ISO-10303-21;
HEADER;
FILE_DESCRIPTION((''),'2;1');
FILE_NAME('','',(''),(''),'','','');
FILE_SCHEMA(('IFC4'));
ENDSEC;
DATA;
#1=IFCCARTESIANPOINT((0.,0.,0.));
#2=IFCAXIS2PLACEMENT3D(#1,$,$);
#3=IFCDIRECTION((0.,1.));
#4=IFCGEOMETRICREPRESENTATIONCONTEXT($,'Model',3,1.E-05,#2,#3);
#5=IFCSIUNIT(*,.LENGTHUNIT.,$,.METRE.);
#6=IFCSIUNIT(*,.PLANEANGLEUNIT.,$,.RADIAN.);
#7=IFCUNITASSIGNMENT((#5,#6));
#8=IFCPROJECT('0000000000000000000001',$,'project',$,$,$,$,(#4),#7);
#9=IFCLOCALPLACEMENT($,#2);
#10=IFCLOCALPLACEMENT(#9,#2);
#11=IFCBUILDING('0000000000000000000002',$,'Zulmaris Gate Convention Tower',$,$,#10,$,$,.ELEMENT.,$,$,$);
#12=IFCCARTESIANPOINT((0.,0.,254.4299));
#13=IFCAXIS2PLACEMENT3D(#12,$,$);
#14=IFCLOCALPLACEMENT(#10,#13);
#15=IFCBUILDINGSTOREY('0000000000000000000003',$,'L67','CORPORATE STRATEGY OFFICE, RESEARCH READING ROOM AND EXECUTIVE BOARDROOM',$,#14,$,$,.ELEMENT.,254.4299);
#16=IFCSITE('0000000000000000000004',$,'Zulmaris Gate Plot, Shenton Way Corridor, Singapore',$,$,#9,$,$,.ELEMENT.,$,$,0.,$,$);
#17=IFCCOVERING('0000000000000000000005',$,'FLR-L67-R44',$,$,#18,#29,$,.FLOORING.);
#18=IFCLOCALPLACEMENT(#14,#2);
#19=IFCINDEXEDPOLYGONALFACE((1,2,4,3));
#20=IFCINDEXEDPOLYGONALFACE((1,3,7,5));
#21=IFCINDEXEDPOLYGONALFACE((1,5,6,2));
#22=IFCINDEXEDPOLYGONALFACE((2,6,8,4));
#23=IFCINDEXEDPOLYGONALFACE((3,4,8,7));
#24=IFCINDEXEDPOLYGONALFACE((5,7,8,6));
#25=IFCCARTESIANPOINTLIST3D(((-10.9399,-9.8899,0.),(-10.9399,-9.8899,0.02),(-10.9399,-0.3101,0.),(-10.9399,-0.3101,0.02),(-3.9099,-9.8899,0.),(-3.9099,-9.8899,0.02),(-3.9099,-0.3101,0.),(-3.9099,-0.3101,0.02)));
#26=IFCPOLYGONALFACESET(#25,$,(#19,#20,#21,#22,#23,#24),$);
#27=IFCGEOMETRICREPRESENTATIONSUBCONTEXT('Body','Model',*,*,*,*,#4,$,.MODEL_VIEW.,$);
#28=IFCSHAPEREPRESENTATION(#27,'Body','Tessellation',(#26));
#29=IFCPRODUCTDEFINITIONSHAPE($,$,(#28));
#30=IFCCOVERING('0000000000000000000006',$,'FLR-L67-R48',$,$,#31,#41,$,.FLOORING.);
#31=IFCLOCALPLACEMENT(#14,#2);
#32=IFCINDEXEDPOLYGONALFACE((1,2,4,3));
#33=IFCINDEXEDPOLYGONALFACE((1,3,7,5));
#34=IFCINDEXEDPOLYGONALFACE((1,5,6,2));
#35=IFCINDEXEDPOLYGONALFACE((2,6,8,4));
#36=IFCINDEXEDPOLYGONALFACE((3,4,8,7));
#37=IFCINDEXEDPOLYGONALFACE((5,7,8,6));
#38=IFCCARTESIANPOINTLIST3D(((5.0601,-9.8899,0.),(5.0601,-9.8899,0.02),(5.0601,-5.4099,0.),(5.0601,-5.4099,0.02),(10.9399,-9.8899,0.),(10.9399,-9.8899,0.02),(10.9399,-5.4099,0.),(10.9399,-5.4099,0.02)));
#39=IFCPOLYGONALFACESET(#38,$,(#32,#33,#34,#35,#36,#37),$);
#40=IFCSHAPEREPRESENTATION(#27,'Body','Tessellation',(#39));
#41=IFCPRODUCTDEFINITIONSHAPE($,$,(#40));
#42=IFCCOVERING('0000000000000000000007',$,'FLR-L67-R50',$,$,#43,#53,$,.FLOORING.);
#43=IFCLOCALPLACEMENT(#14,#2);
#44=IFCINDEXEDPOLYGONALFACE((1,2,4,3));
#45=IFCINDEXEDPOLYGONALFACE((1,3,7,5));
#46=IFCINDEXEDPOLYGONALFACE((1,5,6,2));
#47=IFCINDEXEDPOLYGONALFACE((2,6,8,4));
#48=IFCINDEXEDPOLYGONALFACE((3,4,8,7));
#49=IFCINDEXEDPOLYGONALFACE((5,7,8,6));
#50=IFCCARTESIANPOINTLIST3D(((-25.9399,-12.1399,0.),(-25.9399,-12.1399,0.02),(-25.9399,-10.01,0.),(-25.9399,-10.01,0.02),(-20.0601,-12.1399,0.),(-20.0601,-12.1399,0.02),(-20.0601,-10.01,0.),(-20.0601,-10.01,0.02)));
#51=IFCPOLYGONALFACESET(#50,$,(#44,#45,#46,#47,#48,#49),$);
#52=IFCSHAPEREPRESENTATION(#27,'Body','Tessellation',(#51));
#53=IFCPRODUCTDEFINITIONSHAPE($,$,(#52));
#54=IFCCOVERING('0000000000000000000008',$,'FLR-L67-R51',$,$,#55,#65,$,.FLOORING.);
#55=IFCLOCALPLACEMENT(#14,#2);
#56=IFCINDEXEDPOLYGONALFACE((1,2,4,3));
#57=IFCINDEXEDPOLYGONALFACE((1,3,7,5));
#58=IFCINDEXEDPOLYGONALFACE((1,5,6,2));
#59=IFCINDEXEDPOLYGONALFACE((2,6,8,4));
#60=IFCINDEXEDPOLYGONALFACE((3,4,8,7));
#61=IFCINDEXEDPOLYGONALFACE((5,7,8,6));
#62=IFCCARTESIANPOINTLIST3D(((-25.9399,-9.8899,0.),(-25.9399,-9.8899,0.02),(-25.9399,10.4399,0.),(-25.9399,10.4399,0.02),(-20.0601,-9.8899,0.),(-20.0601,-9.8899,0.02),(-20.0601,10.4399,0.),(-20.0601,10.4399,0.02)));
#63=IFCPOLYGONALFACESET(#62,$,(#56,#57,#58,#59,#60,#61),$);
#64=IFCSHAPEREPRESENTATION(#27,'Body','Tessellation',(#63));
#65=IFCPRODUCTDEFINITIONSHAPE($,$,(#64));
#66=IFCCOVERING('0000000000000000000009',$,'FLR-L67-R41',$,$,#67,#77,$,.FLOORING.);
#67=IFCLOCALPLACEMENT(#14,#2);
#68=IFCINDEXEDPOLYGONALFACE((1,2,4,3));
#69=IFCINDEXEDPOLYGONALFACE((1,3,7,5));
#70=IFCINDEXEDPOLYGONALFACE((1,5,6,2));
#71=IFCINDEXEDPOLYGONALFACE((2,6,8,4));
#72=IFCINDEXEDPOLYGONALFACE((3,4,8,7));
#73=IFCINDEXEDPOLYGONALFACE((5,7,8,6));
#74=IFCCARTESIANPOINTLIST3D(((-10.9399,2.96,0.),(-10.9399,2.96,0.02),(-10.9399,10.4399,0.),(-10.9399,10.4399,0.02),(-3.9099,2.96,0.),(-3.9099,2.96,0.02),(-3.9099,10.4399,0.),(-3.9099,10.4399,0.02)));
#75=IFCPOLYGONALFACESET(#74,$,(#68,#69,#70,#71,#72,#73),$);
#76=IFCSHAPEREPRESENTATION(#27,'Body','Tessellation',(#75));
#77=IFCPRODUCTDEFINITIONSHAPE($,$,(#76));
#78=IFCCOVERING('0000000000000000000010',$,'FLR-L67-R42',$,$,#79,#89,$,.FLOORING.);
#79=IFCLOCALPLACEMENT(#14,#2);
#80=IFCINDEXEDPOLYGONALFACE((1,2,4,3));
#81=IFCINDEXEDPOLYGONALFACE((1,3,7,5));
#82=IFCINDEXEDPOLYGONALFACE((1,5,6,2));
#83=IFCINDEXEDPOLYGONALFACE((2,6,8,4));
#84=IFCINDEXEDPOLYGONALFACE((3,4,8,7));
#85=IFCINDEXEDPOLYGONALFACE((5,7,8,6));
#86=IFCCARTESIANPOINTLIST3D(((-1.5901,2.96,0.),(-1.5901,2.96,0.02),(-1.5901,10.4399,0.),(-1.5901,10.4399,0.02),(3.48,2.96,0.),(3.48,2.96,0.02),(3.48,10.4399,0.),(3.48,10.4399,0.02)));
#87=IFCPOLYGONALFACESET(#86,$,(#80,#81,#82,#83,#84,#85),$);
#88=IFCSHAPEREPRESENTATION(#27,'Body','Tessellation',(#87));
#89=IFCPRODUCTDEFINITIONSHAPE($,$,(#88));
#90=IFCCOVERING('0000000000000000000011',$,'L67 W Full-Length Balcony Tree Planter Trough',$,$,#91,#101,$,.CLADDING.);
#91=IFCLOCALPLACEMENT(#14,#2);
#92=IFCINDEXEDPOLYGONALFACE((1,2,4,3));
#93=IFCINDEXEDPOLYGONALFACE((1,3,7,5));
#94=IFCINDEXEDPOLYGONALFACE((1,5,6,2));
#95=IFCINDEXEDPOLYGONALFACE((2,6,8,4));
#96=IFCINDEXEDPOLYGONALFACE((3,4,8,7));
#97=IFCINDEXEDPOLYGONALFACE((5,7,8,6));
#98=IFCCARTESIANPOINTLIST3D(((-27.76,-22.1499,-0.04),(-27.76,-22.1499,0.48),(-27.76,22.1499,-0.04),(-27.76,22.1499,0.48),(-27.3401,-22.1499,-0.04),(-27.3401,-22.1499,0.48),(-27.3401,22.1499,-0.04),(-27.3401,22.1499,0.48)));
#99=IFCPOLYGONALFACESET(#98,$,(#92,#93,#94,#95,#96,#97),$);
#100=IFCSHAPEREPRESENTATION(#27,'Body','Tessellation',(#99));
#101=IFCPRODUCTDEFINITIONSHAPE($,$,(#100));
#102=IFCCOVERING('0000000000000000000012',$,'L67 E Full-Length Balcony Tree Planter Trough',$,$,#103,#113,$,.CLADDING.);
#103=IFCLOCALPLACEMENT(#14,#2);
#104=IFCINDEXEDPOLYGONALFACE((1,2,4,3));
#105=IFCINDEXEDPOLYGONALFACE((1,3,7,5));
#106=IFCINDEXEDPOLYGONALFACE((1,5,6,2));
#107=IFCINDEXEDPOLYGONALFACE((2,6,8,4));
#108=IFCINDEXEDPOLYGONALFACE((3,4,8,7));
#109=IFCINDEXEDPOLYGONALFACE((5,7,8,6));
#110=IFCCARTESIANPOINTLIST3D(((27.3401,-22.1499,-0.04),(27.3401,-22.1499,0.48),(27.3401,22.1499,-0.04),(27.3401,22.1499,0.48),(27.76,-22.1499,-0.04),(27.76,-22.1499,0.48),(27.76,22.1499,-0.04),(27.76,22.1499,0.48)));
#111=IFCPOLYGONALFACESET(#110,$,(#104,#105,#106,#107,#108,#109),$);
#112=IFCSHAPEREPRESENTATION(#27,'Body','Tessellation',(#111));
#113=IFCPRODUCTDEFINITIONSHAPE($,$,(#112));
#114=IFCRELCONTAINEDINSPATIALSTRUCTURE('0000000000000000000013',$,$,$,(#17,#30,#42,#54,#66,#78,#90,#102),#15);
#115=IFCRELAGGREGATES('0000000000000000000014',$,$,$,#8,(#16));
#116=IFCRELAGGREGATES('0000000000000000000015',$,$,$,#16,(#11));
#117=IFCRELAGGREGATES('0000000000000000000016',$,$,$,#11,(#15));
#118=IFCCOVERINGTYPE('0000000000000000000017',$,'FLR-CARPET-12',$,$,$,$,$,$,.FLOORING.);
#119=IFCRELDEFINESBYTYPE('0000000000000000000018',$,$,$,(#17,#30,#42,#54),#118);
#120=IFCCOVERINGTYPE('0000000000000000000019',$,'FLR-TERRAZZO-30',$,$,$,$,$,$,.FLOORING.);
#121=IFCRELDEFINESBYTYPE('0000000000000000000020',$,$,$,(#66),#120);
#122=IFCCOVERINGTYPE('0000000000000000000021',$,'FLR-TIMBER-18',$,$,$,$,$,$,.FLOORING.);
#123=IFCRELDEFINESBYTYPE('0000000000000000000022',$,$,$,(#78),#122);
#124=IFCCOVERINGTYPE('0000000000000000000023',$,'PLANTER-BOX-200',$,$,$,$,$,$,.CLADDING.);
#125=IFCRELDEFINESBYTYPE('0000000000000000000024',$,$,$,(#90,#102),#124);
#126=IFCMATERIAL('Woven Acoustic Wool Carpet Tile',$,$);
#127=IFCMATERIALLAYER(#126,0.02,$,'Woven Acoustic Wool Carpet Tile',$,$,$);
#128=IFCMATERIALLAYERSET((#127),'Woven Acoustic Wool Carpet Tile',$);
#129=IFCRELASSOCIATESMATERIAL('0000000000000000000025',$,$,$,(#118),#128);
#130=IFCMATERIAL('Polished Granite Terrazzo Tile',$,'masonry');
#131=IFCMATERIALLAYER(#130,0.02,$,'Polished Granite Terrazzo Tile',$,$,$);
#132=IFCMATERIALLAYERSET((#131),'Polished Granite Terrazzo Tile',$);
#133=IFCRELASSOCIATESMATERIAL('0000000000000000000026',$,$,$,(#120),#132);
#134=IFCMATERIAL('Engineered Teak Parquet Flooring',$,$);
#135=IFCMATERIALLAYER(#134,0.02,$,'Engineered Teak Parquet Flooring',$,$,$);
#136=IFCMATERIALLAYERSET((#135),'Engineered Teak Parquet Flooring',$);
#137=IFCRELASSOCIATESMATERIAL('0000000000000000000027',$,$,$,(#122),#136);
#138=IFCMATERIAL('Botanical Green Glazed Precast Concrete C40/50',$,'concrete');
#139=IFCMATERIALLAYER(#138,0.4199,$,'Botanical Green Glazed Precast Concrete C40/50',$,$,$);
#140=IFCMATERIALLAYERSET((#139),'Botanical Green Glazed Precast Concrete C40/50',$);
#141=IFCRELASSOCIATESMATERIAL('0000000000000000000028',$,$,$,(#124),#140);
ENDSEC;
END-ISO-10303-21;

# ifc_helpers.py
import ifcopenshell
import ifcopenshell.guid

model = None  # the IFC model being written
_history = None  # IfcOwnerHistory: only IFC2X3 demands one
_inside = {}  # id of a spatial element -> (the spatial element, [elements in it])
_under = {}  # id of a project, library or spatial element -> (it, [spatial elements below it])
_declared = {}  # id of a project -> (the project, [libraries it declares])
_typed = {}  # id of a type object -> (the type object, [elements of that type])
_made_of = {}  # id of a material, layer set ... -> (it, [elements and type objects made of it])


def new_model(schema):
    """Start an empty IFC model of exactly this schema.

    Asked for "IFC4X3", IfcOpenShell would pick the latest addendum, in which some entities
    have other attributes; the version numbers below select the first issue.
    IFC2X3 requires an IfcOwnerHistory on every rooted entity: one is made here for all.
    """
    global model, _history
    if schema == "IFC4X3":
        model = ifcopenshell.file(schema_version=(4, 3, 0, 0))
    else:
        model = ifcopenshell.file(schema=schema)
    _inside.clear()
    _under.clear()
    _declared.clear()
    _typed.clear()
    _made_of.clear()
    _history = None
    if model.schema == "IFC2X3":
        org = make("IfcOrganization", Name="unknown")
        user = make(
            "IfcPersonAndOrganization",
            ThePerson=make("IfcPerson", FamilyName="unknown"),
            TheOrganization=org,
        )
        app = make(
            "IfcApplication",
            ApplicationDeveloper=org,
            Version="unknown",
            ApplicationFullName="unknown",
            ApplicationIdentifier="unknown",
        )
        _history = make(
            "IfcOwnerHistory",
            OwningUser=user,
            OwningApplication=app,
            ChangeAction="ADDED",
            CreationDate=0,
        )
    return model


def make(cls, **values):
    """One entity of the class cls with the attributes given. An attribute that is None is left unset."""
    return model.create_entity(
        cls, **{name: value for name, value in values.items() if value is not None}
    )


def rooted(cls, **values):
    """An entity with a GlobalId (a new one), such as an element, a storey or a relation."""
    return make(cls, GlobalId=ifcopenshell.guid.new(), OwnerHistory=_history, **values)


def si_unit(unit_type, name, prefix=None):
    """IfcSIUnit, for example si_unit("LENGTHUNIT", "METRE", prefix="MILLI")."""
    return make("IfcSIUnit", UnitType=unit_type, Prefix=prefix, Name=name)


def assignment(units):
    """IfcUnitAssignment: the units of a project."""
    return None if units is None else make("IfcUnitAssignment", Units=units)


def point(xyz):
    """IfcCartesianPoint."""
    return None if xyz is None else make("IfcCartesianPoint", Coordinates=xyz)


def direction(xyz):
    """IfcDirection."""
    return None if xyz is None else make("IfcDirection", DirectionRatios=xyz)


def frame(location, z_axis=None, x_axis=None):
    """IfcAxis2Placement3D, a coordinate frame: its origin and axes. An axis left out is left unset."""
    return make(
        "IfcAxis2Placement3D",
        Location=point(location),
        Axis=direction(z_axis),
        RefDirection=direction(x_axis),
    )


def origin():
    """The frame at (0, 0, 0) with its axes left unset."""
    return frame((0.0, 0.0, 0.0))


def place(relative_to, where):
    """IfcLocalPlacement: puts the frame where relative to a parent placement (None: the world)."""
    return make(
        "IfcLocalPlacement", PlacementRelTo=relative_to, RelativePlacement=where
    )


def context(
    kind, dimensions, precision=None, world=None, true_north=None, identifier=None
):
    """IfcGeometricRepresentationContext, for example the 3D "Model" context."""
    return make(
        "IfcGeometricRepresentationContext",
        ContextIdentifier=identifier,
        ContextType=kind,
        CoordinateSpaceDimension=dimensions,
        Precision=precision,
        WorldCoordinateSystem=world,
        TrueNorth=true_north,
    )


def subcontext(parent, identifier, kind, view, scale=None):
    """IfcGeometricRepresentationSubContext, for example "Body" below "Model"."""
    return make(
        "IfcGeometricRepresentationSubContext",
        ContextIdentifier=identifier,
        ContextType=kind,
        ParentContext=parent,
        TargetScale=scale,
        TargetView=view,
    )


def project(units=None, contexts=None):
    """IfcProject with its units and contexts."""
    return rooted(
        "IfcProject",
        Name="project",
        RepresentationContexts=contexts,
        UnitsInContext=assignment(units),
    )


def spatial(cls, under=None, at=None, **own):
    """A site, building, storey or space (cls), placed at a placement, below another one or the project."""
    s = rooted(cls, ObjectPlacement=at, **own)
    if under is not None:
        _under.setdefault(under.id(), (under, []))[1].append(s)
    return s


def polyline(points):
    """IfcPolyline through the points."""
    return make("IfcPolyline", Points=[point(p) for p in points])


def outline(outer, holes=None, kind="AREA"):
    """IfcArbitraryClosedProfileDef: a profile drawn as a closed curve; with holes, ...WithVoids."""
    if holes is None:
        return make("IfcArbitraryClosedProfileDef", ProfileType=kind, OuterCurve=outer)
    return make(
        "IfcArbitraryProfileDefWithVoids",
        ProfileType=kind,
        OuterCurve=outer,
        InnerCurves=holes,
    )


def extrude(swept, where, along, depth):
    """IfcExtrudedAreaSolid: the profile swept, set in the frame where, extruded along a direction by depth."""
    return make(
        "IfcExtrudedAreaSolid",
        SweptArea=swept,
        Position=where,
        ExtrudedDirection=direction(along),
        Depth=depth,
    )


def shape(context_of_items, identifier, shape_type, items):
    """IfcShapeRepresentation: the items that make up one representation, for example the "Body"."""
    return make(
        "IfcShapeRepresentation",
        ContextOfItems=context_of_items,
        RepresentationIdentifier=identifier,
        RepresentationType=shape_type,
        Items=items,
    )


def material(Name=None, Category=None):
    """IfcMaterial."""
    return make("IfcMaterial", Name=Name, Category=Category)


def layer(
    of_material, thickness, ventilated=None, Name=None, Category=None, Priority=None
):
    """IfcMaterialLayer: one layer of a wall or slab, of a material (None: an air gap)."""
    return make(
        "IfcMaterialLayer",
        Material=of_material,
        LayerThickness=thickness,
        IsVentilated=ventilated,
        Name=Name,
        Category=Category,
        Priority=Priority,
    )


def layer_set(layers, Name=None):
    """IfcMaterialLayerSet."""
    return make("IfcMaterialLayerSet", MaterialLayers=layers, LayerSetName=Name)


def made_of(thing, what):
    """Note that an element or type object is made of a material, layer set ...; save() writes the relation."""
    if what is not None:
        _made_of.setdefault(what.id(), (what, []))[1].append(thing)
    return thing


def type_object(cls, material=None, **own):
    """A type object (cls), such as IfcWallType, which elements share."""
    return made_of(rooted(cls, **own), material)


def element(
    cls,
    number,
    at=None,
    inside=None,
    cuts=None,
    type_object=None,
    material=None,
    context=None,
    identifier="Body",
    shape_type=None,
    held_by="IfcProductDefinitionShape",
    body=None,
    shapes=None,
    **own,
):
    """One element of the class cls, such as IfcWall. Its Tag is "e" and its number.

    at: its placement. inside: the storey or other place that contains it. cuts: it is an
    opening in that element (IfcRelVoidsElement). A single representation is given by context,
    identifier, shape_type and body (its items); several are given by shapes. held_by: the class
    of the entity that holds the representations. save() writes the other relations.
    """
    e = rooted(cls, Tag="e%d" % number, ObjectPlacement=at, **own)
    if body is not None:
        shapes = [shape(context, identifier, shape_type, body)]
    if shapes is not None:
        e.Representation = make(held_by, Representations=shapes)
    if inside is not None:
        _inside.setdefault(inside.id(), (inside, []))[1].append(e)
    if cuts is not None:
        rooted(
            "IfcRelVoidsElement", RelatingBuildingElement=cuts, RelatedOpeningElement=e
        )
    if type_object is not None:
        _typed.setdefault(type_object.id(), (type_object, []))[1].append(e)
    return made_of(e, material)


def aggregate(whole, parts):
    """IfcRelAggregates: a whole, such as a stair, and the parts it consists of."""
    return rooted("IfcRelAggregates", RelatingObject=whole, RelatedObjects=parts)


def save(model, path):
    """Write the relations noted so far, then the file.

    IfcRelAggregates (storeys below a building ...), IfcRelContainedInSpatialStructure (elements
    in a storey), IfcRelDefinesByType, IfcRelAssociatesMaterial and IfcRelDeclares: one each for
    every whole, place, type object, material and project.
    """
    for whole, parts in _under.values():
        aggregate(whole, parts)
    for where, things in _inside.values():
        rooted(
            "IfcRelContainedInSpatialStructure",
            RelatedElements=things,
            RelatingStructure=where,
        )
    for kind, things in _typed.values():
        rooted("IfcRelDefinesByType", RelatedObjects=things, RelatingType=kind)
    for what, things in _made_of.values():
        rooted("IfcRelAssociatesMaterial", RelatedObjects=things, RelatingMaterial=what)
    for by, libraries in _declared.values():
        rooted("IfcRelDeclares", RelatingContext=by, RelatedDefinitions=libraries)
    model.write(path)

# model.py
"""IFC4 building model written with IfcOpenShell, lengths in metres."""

from ifc_helpers import new_model, si_unit, direction, frame, origin, place, context, subcontext, project, spatial, polyline, outline, extrude, material, layer, layer_set, type_object, element, save


model = new_model("IFC4")

# Units and contexts
model_context = context("Model", 3, precision=1e-05, world=origin(), true_north=direction((0.0, 1.0)))
body_context = subcontext(model_context, "Body", "Model", "MODEL_VIEW")
ifc_project = project(units=[si_unit("LENGTHUNIT", "METRE"), si_unit("PLANEANGLEUNIT", "RADIAN")], contexts=[model_context])

# Site, building, storey
site_placement = place(None, origin())
site = spatial("IfcSite", under=ifc_project, at=site_placement, Name="Zulmaris Gate Plot, Shenton Way Corridor, Singapore", CompositionType="ELEMENT", RefElevation=0.0)
building_placement = place(site_placement, origin())
building = spatial("IfcBuilding", under=site, at=building_placement, Name="Zulmaris Gate Convention Tower", CompositionType="ELEMENT")
storey_placement = place(building_placement, frame((0.0, 0.0, 254.4299)))
storey = spatial("IfcBuildingStorey", under=building, at=storey_placement, Name="L67", Description="CORPORATE STRATEGY OFFICE, RESEARCH READING ROOM AND EXECUTIVE BOARDROOM", CompositionType="ELEMENT", Elevation=254.4299)

# Coverings
ifc_material_1 = material(Name="Woven Acoustic Wool Carpet Tile")
ifc_layer_1 = layer(ifc_material_1, 0.02, Name="Woven Acoustic Wool Carpet Tile")
ifc_layer_set_1 = layer_set([ifc_layer_1], Name="Woven Acoustic Wool Carpet Tile")
covering_type_1 = type_object("IfcCoveringType", Name="FLR-CARPET-12", PredefinedType="FLOORING", material=ifc_layer_set_1)
covering_1_placement = place(storey_placement, origin())
element("IfcCovering", 1, at=covering_1_placement, inside=storey, type_object=covering_type_1, Name="FLR-L67-R44", PredefinedType="FLOORING", context=body_context, shape_type="SweptSolid", body=[
    extrude(outline(polyline([(-10.9399, -9.8899), (-3.9099, -9.8899), (-3.9099, -0.3101), (-10.9399, -0.3101), (-10.9399, -9.8899)])), origin(), (0.0, 0.0, 1.0), 0.02),
])
covering_2_placement = place(storey_placement, origin())
element("IfcCovering", 2, at=covering_2_placement, inside=storey, type_object=covering_type_1, Name="FLR-L67-R48", PredefinedType="FLOORING", context=body_context, shape_type="SweptSolid", body=[
    extrude(outline(polyline([(5.0601, -9.8899), (10.9399, -9.8899), (10.9399, -5.4099), (5.0601, -5.4099), (5.0601, -9.8899)])), origin(), (0.0, 0.0, 1.0), 0.02),
])
covering_3_placement = place(storey_placement, origin())
element("IfcCovering", 3, at=covering_3_placement, inside=storey, type_object=covering_type_1, Name="FLR-L67-R50", PredefinedType="FLOORING", context=body_context, shape_type="SweptSolid", body=[
    extrude(outline(polyline([(-25.9399, -12.1399), (-20.0601, -12.1399), (-20.0601, -10.01), (-25.9399, -10.01), (-25.9399, -12.1399)])), origin(), (0.0, 0.0, 1.0), 0.02),
])
covering_4_placement = place(storey_placement, origin())
element("IfcCovering", 4, at=covering_4_placement, inside=storey, type_object=covering_type_1, Name="FLR-L67-R51", PredefinedType="FLOORING", context=body_context, shape_type="SweptSolid", body=[
    extrude(outline(polyline([(-25.9399, -9.8899), (-20.0601, -9.8899), (-20.0601, 10.4399), (-25.9399, 10.4399), (-25.9399, -9.8899)])), origin(), (0.0, 0.0, 1.0), 0.02),
])
ifc_material_2 = material(Name="Polished Granite Terrazzo Tile", Category="masonry")
ifc_layer_2 = layer(ifc_material_2, 0.02, Name="Polished Granite Terrazzo Tile")
ifc_layer_set_2 = layer_set([ifc_layer_2], Name="Polished Granite Terrazzo Tile")
covering_type_2 = type_object("IfcCoveringType", Name="FLR-TERRAZZO-30", PredefinedType="FLOORING", material=ifc_layer_set_2)
covering_5_placement = place(storey_placement, origin())
element("IfcCovering", 5, at=covering_5_placement, inside=storey, type_object=covering_type_2, Name="FLR-L67-R41", PredefinedType="FLOORING", context=body_context, shape_type="SweptSolid", body=[
    extrude(outline(polyline([(-10.9399, 2.96), (-3.9099, 2.96), (-3.9099, 10.4399), (-10.9399, 10.4399), (-10.9399, 2.96)])), origin(), (0.0, 0.0, 1.0), 0.02),
])
ifc_material_3 = material(Name="Engineered Teak Parquet Flooring")
ifc_layer_3 = layer(ifc_material_3, 0.02, Name="Engineered Teak Parquet Flooring")
ifc_layer_set_3 = layer_set([ifc_layer_3], Name="Engineered Teak Parquet Flooring")
covering_type_3 = type_object("IfcCoveringType", Name="FLR-TIMBER-18", PredefinedType="FLOORING", material=ifc_layer_set_3)
covering_6_placement = place(storey_placement, origin())
element("IfcCovering", 6, at=covering_6_placement, inside=storey, type_object=covering_type_3, Name="FLR-L67-R42", PredefinedType="FLOORING", context=body_context, shape_type="SweptSolid", body=[
    extrude(outline(polyline([(-1.5901, 2.96), (3.48, 2.96), (3.48, 10.4399), (-1.5901, 10.4399), (-1.5901, 2.96)])), origin(), (0.0, 0.0, 1.0), 0.02),
])
ifc_material_4 = material(Name="Botanical Green Glazed Precast Concrete C40/50", Category="concrete")
ifc_layer_4 = layer(ifc_material_4, 0.4199, Name="Botanical Green Glazed Precast Concrete C40/50")
ifc_layer_set_4 = layer_set([ifc_layer_4], Name="Botanical Green Glazed Precast Concrete C40/50")
covering_type_4 = type_object("IfcCoveringType", Name="PLANTER-BOX-200", PredefinedType="CLADDING", material=ifc_layer_set_4)
covering_7_placement = place(storey_placement, frame((0.0, 0.0, -0.04)))
element("IfcCovering", 7, at=covering_7_placement, inside=storey, type_object=covering_type_4, Name="L67 W Full-Length Balcony Tree Planter Trough", PredefinedType="CLADDING", context=body_context, shape_type="SweptSolid", body=[
    extrude(outline(polyline([(-27.76, -22.1499), (-27.3401, -22.1499), (-27.3401, 22.1499), (-27.76, 22.1499), (-27.76, -22.1499)])), origin(), (0.0, 0.0, 1.0), 0.52),
])
covering_8_placement = place(storey_placement, frame((0.0, 0.0, -0.04)))
element("IfcCovering", 8, at=covering_8_placement, inside=storey, type_object=covering_type_4, Name="L67 E Full-Length Balcony Tree Planter Trough", PredefinedType="CLADDING", context=body_context, shape_type="SweptSolid", body=[
    extrude(outline(polyline([(27.3401, -22.1499), (27.76, -22.1499), (27.76, 22.1499), (27.3401, 22.1499), (27.3401, -22.1499)])), origin(), (0.0, 0.0, 1.0), 0.52),
])

save(model, "model.ifc")
